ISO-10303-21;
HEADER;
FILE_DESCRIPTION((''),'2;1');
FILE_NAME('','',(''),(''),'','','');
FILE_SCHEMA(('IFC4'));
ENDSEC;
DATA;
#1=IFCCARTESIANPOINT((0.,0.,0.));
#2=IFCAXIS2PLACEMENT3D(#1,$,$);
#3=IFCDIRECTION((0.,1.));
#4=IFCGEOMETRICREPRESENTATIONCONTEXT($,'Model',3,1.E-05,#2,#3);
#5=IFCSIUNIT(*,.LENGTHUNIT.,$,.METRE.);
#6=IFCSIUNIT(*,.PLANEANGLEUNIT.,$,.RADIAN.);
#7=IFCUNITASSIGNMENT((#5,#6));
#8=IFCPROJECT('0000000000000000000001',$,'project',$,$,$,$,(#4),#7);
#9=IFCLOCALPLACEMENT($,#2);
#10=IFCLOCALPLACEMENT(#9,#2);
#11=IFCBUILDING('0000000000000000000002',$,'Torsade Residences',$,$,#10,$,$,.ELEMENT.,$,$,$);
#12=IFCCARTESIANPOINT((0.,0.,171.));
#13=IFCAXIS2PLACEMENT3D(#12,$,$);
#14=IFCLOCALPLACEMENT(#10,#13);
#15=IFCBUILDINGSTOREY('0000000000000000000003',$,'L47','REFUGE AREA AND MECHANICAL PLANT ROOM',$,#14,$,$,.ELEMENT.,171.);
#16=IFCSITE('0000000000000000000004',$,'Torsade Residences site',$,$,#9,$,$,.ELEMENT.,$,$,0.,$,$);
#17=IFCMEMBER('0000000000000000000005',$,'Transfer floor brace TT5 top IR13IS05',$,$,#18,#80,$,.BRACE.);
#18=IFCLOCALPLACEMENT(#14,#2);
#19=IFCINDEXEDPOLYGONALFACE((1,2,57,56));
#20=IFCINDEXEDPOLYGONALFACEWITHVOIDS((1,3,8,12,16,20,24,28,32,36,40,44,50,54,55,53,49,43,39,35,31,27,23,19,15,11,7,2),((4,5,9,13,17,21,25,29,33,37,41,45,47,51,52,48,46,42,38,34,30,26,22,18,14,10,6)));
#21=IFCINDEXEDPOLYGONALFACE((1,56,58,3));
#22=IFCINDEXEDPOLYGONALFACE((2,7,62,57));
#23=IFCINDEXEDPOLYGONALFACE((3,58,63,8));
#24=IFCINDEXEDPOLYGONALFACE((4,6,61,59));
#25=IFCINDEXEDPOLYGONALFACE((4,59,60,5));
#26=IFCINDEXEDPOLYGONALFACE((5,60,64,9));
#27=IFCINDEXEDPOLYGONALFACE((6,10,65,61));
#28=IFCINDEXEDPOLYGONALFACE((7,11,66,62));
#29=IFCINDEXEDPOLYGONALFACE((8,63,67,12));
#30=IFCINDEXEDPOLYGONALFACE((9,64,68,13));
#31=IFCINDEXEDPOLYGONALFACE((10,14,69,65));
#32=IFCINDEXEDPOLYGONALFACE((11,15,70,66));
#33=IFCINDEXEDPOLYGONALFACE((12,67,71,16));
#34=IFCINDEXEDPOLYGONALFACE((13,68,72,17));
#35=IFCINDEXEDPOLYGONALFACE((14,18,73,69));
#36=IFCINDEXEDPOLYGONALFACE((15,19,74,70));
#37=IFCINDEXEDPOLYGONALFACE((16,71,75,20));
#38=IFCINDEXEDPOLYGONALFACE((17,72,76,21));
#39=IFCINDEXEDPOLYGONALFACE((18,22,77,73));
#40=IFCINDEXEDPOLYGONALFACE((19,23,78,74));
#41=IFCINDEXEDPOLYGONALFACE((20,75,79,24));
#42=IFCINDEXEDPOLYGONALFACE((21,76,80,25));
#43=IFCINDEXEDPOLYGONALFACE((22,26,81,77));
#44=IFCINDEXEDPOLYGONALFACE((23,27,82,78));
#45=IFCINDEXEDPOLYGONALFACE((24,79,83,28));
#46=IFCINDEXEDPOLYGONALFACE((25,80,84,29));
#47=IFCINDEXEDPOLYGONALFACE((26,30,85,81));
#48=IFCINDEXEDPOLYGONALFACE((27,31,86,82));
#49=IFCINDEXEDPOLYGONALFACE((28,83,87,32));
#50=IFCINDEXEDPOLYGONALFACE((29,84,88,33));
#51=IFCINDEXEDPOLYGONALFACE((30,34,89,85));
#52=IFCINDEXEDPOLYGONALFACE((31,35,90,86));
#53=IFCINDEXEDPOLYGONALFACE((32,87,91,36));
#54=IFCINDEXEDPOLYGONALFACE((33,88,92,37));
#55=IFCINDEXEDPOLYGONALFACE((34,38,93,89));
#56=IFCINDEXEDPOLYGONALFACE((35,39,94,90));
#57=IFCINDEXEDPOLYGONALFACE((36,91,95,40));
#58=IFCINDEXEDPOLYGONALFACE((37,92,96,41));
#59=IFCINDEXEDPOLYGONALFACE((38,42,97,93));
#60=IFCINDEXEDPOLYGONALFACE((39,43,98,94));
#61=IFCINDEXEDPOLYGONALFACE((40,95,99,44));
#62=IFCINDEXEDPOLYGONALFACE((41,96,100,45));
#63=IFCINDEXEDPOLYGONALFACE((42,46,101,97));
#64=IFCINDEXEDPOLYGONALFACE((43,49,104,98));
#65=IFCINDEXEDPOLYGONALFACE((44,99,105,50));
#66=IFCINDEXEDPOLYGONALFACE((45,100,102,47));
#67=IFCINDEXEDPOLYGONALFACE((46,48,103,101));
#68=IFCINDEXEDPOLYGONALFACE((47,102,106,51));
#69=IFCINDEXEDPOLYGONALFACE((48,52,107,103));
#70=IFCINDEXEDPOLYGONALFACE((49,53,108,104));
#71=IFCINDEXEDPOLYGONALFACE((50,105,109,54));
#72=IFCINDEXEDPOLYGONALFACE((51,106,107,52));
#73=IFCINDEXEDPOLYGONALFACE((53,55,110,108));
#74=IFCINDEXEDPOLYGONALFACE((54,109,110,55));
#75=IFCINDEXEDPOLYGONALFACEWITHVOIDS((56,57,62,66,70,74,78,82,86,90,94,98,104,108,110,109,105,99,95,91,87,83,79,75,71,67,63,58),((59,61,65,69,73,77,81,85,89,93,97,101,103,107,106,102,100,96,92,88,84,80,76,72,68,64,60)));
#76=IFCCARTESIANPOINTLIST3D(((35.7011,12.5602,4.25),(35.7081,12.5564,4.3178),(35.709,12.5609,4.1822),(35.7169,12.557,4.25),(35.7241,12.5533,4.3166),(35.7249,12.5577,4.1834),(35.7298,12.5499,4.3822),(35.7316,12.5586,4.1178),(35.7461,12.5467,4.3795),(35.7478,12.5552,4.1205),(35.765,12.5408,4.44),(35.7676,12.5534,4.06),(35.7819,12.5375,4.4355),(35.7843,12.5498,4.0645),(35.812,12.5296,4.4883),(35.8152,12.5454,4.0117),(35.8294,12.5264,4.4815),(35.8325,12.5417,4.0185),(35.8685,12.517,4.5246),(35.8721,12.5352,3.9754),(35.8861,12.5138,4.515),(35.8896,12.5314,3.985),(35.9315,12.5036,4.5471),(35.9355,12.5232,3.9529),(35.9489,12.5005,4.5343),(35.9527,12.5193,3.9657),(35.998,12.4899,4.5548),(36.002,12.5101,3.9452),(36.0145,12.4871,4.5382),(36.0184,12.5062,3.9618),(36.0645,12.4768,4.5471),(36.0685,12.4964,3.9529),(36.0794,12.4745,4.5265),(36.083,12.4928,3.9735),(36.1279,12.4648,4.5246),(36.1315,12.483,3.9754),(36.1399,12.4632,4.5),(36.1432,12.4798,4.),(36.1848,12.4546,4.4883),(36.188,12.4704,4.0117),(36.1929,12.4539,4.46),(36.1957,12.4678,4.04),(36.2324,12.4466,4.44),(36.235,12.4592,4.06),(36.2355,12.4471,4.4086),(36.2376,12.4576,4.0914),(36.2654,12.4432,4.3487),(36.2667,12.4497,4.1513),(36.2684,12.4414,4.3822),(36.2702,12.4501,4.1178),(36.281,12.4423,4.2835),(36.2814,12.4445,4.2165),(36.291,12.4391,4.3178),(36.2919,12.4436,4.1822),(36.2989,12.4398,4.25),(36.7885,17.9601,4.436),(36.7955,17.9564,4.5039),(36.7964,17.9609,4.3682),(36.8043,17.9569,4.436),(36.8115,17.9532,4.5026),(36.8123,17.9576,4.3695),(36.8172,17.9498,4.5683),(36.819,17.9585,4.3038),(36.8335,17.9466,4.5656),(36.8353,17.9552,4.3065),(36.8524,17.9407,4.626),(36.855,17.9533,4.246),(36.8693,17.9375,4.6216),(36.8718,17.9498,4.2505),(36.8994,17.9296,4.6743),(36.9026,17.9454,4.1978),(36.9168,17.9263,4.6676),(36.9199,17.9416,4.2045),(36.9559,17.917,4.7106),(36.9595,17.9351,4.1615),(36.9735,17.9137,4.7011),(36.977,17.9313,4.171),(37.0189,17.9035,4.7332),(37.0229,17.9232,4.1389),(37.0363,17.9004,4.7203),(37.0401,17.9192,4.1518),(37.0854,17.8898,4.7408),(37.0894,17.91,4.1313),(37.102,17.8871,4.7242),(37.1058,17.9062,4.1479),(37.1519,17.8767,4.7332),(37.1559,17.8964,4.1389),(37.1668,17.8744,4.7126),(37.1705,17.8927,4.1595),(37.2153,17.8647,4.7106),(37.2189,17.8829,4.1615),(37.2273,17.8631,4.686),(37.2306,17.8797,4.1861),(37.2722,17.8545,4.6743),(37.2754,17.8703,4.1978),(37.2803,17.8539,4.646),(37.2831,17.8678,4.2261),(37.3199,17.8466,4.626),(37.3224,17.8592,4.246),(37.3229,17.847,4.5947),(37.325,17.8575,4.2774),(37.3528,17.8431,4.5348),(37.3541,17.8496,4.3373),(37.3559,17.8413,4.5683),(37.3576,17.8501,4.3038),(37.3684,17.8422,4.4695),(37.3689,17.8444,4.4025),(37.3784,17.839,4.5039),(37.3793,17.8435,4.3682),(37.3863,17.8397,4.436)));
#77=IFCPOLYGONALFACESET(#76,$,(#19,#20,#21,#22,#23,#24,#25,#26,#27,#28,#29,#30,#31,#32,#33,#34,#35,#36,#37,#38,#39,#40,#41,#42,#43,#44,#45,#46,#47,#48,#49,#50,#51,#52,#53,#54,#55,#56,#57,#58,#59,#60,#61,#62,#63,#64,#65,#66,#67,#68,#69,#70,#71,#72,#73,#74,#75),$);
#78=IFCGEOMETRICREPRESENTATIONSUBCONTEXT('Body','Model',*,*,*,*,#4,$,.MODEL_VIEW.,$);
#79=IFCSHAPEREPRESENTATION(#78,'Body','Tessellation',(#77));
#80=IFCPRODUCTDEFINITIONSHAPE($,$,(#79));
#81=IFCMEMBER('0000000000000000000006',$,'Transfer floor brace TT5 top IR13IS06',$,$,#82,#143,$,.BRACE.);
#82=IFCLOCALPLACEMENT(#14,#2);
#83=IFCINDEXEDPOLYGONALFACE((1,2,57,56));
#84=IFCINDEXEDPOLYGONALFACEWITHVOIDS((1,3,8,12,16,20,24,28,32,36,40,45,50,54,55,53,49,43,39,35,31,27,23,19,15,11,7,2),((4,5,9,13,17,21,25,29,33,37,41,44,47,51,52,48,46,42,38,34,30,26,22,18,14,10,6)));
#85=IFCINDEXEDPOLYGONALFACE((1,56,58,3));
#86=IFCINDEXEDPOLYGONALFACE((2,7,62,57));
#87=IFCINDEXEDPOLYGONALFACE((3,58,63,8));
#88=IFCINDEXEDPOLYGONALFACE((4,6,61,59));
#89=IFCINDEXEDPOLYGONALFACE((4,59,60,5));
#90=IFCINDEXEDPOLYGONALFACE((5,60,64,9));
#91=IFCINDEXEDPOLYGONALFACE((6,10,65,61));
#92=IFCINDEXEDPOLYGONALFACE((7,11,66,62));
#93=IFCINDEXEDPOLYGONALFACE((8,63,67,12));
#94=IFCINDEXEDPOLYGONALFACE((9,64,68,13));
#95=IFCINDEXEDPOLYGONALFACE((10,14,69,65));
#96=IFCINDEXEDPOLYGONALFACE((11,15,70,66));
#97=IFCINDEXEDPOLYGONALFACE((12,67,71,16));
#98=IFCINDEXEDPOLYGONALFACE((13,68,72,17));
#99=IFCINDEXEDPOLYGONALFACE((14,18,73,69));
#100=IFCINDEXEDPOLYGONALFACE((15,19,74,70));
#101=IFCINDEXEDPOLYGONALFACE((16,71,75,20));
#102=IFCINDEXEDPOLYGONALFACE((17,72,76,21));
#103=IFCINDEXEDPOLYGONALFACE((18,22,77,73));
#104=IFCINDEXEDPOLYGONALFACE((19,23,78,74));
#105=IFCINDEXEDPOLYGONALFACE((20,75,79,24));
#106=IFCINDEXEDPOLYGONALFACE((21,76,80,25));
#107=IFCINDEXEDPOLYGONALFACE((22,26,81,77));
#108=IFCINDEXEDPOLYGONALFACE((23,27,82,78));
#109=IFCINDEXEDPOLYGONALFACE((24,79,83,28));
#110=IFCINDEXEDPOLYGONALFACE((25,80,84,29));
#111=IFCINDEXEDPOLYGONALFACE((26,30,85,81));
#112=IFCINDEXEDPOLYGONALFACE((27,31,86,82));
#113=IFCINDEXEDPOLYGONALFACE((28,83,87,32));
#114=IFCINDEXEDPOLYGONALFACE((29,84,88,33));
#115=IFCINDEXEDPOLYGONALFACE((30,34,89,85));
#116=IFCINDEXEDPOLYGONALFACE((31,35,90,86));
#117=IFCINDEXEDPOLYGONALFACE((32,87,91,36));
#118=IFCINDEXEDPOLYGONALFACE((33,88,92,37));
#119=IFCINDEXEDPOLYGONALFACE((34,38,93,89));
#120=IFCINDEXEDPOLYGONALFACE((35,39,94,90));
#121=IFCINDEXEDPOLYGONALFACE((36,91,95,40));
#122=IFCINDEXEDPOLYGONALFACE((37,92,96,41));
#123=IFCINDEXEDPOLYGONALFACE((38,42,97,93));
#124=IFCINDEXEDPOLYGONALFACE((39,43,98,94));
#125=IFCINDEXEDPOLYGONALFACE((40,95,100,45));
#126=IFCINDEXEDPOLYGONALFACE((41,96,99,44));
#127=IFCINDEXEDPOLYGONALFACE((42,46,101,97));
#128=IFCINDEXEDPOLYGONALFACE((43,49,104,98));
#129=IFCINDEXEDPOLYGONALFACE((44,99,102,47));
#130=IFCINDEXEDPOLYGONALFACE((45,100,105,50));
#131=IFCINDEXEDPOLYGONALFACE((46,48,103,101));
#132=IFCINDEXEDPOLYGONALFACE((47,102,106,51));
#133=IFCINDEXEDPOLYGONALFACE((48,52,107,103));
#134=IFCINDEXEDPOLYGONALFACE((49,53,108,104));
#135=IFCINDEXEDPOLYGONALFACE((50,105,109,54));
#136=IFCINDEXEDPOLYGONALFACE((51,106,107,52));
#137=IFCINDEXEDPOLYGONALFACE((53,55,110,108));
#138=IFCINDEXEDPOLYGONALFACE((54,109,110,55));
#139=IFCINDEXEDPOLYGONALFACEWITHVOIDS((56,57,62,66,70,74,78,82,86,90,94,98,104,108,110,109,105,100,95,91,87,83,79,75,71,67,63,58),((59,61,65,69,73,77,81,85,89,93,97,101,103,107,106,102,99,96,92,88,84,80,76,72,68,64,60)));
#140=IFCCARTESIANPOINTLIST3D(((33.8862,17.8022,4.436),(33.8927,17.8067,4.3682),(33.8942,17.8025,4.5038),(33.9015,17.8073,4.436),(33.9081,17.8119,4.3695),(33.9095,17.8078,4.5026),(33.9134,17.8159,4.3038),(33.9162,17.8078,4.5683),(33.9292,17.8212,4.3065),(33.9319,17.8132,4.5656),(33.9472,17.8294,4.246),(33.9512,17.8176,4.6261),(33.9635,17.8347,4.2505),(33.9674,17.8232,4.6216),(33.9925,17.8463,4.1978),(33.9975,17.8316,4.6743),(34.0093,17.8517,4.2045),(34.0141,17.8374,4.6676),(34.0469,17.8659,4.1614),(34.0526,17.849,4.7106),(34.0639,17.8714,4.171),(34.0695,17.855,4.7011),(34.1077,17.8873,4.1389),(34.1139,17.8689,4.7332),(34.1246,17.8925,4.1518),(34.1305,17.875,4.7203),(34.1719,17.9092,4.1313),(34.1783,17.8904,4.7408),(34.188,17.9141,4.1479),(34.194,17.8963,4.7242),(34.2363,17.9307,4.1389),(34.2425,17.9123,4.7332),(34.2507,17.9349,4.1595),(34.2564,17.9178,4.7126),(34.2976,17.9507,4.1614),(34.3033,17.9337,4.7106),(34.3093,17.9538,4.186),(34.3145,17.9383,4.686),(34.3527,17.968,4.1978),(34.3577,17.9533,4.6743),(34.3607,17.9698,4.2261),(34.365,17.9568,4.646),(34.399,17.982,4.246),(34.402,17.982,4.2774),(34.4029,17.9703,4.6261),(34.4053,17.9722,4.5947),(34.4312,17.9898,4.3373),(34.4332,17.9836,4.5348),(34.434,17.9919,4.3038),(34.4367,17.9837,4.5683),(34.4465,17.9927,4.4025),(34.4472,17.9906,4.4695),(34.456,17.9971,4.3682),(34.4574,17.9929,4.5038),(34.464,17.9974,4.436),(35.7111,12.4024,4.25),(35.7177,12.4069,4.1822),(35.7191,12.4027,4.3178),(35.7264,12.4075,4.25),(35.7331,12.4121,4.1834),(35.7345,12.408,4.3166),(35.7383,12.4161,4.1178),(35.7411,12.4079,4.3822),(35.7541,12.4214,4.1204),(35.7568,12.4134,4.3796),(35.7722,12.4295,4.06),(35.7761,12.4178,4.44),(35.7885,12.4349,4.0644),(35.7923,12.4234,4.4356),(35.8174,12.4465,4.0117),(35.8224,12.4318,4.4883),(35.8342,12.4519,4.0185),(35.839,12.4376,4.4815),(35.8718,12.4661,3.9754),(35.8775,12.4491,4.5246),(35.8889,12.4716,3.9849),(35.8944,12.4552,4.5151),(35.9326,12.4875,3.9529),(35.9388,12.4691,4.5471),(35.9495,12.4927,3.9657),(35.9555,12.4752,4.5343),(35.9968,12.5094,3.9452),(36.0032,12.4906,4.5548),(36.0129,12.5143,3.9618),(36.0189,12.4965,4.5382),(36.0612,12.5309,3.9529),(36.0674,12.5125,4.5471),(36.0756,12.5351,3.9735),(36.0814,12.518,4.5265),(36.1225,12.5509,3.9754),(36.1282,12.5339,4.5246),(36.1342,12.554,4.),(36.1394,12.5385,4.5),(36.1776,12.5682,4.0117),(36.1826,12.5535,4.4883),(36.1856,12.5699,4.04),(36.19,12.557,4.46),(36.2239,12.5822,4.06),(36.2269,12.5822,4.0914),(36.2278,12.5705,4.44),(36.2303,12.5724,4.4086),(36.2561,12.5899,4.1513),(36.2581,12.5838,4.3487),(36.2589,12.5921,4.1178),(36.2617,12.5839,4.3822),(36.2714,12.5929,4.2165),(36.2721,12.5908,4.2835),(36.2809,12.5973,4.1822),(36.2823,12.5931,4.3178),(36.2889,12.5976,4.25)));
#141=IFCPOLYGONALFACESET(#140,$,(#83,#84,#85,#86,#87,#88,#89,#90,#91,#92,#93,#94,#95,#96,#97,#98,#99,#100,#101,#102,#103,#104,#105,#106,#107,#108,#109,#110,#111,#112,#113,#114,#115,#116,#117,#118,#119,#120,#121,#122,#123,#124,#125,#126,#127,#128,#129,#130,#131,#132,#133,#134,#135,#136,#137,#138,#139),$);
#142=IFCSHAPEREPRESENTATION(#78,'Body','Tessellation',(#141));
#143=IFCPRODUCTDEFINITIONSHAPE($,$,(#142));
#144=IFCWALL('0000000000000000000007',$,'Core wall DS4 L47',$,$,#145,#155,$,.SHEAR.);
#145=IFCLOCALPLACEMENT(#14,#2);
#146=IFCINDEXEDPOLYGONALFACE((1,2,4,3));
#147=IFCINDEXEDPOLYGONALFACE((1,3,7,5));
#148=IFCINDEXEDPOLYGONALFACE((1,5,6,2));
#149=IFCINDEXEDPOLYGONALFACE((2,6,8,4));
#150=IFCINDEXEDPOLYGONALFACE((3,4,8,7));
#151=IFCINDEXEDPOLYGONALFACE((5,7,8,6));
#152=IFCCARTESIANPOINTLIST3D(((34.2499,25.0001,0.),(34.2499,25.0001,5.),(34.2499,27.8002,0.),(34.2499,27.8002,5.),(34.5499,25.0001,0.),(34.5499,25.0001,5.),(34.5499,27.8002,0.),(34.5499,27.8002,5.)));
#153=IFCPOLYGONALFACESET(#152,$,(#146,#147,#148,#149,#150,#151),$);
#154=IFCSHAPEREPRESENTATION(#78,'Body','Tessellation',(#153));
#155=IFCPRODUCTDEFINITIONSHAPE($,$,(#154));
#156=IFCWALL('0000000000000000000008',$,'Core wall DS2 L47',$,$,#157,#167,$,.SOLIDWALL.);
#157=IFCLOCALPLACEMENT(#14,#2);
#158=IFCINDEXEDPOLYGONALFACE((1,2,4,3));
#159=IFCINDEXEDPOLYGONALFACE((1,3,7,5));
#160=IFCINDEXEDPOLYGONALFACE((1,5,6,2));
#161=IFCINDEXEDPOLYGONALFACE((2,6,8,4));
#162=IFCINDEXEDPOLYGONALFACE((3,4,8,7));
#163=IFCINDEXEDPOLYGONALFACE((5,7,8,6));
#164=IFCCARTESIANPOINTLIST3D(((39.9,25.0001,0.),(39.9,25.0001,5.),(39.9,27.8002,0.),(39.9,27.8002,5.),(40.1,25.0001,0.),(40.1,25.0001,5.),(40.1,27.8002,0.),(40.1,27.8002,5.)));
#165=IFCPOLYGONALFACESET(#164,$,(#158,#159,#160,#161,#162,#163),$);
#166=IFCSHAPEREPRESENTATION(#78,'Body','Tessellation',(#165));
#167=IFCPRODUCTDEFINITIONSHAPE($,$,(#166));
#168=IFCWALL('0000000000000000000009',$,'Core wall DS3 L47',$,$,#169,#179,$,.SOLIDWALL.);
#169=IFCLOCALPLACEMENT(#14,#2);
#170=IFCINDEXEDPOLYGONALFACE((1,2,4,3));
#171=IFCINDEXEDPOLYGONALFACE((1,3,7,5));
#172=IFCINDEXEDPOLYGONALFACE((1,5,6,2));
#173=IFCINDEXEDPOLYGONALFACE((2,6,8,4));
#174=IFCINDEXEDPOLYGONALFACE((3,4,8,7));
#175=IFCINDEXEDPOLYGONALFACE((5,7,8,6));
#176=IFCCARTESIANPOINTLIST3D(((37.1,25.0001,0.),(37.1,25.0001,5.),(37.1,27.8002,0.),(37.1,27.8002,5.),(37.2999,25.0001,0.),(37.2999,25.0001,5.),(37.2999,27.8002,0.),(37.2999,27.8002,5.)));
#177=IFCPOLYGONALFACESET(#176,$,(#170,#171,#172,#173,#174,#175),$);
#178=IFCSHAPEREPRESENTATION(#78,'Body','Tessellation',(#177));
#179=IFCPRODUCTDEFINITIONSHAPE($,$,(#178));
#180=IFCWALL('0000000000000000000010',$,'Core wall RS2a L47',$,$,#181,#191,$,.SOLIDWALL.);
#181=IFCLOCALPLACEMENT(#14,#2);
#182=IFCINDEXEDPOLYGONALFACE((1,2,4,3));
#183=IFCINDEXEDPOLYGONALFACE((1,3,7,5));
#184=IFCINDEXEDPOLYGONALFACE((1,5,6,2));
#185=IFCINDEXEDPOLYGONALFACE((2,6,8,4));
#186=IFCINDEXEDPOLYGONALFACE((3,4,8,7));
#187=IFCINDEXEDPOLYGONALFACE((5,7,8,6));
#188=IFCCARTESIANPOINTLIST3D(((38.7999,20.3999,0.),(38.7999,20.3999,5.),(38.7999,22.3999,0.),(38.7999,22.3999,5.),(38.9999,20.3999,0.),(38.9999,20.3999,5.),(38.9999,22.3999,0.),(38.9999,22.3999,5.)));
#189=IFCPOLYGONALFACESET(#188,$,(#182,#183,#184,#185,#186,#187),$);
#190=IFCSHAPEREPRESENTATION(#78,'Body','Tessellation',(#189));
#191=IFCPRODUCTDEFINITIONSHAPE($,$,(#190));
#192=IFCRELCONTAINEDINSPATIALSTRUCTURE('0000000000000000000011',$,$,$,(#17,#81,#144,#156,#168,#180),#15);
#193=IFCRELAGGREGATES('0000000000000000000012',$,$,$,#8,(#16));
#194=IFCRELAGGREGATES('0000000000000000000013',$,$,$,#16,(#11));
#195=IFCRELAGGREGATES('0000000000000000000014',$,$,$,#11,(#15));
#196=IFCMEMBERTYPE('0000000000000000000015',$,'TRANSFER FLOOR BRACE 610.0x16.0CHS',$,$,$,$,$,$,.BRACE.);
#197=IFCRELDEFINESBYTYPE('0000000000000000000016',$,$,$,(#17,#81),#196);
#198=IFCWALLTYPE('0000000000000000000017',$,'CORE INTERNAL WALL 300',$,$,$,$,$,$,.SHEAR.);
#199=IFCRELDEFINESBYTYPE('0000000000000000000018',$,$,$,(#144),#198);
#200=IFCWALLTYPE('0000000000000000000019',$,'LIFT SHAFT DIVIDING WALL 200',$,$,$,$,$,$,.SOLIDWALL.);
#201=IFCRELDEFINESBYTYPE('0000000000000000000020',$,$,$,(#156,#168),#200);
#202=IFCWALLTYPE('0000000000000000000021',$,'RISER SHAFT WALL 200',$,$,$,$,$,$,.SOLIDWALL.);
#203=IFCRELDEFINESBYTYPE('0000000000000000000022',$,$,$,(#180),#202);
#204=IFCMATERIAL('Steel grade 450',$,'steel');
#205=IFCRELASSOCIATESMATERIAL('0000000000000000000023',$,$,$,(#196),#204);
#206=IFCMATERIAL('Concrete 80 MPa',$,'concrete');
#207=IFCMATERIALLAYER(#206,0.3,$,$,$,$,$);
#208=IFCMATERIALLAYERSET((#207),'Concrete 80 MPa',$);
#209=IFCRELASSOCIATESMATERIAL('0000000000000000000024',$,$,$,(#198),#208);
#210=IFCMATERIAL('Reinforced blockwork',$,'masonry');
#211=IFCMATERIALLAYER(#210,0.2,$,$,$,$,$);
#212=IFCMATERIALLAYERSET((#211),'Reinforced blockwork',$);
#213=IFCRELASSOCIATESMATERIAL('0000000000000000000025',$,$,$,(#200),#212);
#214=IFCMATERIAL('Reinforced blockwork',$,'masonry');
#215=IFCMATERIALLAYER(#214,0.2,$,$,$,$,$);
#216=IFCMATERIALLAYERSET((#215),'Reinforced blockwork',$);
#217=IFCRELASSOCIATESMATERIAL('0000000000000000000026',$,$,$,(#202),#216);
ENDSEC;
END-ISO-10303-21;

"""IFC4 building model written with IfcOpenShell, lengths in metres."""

from ifc_helpers import new_model, si_unit, direction, frame, frame_2d, origin, origin_2d, place, context, subcontext, project, spatial, rectangle, hollow_circle, extrude, material, layer, layer_set, material_profile, profile_set, type_object, element, save


model = new_model("IFC4")

# Units and contexts
model_context = context("Model", 3, precision=1e-05, world=origin(), true_north=direction((0.0, 1.0)))
body_context = subcontext(model_context, "Body", "Model", "MODEL_VIEW")
ifc_project = project(units=[si_unit("LENGTHUNIT", "METRE"), si_unit("PLANEANGLEUNIT", "RADIAN")], contexts=[model_context])

# Site, building, storey
site_placement = place(None, origin())
site = spatial("IfcSite", under=ifc_project, at=site_placement, Name="Torsade Residences site", CompositionType="ELEMENT", RefElevation=0.0)
building_placement = place(site_placement, origin())
building = spatial("IfcBuilding", under=site, at=building_placement, Name="Torsade Residences", CompositionType="ELEMENT")
storey_placement = place(building_placement, frame((0.0, 0.0, 171.0)))
storey = spatial("IfcBuildingStorey", under=building, at=storey_placement, Name="L47", Description="REFUGE AREA AND MECHANICAL PLANT ROOM", CompositionType="ELEMENT", Elevation=171.0)

# Members
ifc_material_1 = material(Name="Steel grade 450", Category="steel")
ifc_material_profile_1 = material_profile(ifc_material_1, hollow_circle(Radius=0.3049, WallThickness=0.0161, at=origin_2d()), Name="610.0x16.0CHS")
ifc_profile_set_1 = profile_set([ifc_material_profile_1], Name="Steel grade 450")
member_type_1 = type_object("IfcMemberType", Name="TRANSFER FLOOR BRACE 610.0x16.0CHS", PredefinedType="BRACE", material=ifc_profile_set_1)
member_1_placement = place(storey_placement, frame((36.0, 12.5, 4.25), z_axis=(0.197299, 0.979762, 0.033754), x_axis=(-0.980321, 0.197412, 0.0)))
element("IfcMember", 1, at=member_1_placement, inside=storey, type_object=member_type_1, Name="Transfer floor brace TT5 top IR13IS05", PredefinedType="BRACE", context=body_context, shape_type="SweptSolid", body=[
    extrude(hollow_circle(Radius=0.3049, WallThickness=0.0161, at=origin_2d()), origin(), (0.0, 0.0, 1.0), 5.5115),
])
member_2_placement = place(storey_placement, frame((36.0, 12.5, 4.25), z_axis=(-0.319999, 0.946856, 0.032621), x_axis=(-0.94736, -0.32017, 0.0)))
element("IfcMember", 2, at=member_2_placement, inside=storey, type_object=member_type_1, Name="Transfer floor brace TT5 top IR13IS06", PredefinedType="BRACE", context=body_context, shape_type="SweptSolid", body=[
    extrude(hollow_circle(Radius=0.3049, WallThickness=0.0161, at=origin_2d()), origin(), (0.0, 0.0, 1.0), 5.7029),
])

# Walls
ifc_material_2 = material(Name="Concrete 80 MPa", Category="concrete")
ifc_layer_1 = layer(ifc_material_2, 0.3)
ifc_layer_set_1 = layer_set([ifc_layer_1], Name="Concrete 80 MPa")
wall_type_1 = type_object("IfcWallType", Name="CORE INTERNAL WALL 300", PredefinedType="SHEAR", material=ifc_layer_set_1)
wall_1_placement = place(storey_placement, frame((34.3999, 27.8, 0.0), z_axis=(0.0, 0.0, 1.0), x_axis=(0.0, -1.0, 0.0)))
element("IfcWall", 3, at=wall_1_placement, inside=storey, type_object=wall_type_1, Name="Core wall DS4 L47", PredefinedType="SHEAR", context=body_context, shape_type="SweptSolid", body=[
    extrude(rectangle(XDim=2.8, YDim=0.3, at=frame_2d((1.3999, 0.0))), origin(), (0.0, 0.0, 1.0), 5.0),
])
ifc_material_3 = material(Name="Reinforced blockwork", Category="masonry")
ifc_layer_2 = layer(ifc_material_3, 0.2)
ifc_layer_set_2 = layer_set([ifc_layer_2], Name="Reinforced blockwork")
wall_type_2 = type_object("IfcWallType", Name="LIFT SHAFT DIVIDING WALL 200", PredefinedType="SOLIDWALL", material=ifc_layer_set_2)
for number, where, z_axis, x_axis, name in (
    (4, (40.0, 27.8, 0.0), (0.0, 0.0, 1.0), (0.0, -1.0, 0.0), "Core wall DS2 L47"),
    (5, (37.2, 27.8, 0.0), (0.0, 0.0, 1.0), (0.0, -1.0, 0.0), "Core wall DS3 L47"),
):
    element("IfcWall", number, at=place(storey_placement, frame(where, z_axis=z_axis, x_axis=x_axis)), inside=storey, type_object=wall_type_2, Name=name, PredefinedType="SOLIDWALL", context=body_context, shape_type="SweptSolid", body=[
        extrude(rectangle(XDim=2.8, YDim=0.2, at=frame_2d((1.3999, 0.0))), origin(), (0.0, 0.0, 1.0), 5.0),
    ])
ifc_material_4 = material(Name="Reinforced blockwork", Category="masonry")
ifc_layer_3 = layer(ifc_material_4, 0.2)
ifc_layer_set_3 = layer_set([ifc_layer_3], Name="Reinforced blockwork")
wall_type_3 = type_object("IfcWallType", Name="RISER SHAFT WALL 200", PredefinedType="SOLIDWALL", material=ifc_layer_set_3)
wall_2_placement = place(storey_placement, frame((38.8999, 22.3999, 0.0), z_axis=(0.0, 0.0, 1.0), x_axis=(0.0, -1.0, 0.0)))
element("IfcWall", 6, at=wall_2_placement, inside=storey, type_object=wall_type_3, Name="Core wall RS2a L47", PredefinedType="SOLIDWALL", context=body_context, shape_type="SweptSolid", body=[
    extrude(rectangle(XDim=2.0, YDim=0.2, at=frame_2d((1.0, 0.0))), origin(), (0.0, 0.0, 1.0), 5.0),
])

save(model, "model.ifc")
